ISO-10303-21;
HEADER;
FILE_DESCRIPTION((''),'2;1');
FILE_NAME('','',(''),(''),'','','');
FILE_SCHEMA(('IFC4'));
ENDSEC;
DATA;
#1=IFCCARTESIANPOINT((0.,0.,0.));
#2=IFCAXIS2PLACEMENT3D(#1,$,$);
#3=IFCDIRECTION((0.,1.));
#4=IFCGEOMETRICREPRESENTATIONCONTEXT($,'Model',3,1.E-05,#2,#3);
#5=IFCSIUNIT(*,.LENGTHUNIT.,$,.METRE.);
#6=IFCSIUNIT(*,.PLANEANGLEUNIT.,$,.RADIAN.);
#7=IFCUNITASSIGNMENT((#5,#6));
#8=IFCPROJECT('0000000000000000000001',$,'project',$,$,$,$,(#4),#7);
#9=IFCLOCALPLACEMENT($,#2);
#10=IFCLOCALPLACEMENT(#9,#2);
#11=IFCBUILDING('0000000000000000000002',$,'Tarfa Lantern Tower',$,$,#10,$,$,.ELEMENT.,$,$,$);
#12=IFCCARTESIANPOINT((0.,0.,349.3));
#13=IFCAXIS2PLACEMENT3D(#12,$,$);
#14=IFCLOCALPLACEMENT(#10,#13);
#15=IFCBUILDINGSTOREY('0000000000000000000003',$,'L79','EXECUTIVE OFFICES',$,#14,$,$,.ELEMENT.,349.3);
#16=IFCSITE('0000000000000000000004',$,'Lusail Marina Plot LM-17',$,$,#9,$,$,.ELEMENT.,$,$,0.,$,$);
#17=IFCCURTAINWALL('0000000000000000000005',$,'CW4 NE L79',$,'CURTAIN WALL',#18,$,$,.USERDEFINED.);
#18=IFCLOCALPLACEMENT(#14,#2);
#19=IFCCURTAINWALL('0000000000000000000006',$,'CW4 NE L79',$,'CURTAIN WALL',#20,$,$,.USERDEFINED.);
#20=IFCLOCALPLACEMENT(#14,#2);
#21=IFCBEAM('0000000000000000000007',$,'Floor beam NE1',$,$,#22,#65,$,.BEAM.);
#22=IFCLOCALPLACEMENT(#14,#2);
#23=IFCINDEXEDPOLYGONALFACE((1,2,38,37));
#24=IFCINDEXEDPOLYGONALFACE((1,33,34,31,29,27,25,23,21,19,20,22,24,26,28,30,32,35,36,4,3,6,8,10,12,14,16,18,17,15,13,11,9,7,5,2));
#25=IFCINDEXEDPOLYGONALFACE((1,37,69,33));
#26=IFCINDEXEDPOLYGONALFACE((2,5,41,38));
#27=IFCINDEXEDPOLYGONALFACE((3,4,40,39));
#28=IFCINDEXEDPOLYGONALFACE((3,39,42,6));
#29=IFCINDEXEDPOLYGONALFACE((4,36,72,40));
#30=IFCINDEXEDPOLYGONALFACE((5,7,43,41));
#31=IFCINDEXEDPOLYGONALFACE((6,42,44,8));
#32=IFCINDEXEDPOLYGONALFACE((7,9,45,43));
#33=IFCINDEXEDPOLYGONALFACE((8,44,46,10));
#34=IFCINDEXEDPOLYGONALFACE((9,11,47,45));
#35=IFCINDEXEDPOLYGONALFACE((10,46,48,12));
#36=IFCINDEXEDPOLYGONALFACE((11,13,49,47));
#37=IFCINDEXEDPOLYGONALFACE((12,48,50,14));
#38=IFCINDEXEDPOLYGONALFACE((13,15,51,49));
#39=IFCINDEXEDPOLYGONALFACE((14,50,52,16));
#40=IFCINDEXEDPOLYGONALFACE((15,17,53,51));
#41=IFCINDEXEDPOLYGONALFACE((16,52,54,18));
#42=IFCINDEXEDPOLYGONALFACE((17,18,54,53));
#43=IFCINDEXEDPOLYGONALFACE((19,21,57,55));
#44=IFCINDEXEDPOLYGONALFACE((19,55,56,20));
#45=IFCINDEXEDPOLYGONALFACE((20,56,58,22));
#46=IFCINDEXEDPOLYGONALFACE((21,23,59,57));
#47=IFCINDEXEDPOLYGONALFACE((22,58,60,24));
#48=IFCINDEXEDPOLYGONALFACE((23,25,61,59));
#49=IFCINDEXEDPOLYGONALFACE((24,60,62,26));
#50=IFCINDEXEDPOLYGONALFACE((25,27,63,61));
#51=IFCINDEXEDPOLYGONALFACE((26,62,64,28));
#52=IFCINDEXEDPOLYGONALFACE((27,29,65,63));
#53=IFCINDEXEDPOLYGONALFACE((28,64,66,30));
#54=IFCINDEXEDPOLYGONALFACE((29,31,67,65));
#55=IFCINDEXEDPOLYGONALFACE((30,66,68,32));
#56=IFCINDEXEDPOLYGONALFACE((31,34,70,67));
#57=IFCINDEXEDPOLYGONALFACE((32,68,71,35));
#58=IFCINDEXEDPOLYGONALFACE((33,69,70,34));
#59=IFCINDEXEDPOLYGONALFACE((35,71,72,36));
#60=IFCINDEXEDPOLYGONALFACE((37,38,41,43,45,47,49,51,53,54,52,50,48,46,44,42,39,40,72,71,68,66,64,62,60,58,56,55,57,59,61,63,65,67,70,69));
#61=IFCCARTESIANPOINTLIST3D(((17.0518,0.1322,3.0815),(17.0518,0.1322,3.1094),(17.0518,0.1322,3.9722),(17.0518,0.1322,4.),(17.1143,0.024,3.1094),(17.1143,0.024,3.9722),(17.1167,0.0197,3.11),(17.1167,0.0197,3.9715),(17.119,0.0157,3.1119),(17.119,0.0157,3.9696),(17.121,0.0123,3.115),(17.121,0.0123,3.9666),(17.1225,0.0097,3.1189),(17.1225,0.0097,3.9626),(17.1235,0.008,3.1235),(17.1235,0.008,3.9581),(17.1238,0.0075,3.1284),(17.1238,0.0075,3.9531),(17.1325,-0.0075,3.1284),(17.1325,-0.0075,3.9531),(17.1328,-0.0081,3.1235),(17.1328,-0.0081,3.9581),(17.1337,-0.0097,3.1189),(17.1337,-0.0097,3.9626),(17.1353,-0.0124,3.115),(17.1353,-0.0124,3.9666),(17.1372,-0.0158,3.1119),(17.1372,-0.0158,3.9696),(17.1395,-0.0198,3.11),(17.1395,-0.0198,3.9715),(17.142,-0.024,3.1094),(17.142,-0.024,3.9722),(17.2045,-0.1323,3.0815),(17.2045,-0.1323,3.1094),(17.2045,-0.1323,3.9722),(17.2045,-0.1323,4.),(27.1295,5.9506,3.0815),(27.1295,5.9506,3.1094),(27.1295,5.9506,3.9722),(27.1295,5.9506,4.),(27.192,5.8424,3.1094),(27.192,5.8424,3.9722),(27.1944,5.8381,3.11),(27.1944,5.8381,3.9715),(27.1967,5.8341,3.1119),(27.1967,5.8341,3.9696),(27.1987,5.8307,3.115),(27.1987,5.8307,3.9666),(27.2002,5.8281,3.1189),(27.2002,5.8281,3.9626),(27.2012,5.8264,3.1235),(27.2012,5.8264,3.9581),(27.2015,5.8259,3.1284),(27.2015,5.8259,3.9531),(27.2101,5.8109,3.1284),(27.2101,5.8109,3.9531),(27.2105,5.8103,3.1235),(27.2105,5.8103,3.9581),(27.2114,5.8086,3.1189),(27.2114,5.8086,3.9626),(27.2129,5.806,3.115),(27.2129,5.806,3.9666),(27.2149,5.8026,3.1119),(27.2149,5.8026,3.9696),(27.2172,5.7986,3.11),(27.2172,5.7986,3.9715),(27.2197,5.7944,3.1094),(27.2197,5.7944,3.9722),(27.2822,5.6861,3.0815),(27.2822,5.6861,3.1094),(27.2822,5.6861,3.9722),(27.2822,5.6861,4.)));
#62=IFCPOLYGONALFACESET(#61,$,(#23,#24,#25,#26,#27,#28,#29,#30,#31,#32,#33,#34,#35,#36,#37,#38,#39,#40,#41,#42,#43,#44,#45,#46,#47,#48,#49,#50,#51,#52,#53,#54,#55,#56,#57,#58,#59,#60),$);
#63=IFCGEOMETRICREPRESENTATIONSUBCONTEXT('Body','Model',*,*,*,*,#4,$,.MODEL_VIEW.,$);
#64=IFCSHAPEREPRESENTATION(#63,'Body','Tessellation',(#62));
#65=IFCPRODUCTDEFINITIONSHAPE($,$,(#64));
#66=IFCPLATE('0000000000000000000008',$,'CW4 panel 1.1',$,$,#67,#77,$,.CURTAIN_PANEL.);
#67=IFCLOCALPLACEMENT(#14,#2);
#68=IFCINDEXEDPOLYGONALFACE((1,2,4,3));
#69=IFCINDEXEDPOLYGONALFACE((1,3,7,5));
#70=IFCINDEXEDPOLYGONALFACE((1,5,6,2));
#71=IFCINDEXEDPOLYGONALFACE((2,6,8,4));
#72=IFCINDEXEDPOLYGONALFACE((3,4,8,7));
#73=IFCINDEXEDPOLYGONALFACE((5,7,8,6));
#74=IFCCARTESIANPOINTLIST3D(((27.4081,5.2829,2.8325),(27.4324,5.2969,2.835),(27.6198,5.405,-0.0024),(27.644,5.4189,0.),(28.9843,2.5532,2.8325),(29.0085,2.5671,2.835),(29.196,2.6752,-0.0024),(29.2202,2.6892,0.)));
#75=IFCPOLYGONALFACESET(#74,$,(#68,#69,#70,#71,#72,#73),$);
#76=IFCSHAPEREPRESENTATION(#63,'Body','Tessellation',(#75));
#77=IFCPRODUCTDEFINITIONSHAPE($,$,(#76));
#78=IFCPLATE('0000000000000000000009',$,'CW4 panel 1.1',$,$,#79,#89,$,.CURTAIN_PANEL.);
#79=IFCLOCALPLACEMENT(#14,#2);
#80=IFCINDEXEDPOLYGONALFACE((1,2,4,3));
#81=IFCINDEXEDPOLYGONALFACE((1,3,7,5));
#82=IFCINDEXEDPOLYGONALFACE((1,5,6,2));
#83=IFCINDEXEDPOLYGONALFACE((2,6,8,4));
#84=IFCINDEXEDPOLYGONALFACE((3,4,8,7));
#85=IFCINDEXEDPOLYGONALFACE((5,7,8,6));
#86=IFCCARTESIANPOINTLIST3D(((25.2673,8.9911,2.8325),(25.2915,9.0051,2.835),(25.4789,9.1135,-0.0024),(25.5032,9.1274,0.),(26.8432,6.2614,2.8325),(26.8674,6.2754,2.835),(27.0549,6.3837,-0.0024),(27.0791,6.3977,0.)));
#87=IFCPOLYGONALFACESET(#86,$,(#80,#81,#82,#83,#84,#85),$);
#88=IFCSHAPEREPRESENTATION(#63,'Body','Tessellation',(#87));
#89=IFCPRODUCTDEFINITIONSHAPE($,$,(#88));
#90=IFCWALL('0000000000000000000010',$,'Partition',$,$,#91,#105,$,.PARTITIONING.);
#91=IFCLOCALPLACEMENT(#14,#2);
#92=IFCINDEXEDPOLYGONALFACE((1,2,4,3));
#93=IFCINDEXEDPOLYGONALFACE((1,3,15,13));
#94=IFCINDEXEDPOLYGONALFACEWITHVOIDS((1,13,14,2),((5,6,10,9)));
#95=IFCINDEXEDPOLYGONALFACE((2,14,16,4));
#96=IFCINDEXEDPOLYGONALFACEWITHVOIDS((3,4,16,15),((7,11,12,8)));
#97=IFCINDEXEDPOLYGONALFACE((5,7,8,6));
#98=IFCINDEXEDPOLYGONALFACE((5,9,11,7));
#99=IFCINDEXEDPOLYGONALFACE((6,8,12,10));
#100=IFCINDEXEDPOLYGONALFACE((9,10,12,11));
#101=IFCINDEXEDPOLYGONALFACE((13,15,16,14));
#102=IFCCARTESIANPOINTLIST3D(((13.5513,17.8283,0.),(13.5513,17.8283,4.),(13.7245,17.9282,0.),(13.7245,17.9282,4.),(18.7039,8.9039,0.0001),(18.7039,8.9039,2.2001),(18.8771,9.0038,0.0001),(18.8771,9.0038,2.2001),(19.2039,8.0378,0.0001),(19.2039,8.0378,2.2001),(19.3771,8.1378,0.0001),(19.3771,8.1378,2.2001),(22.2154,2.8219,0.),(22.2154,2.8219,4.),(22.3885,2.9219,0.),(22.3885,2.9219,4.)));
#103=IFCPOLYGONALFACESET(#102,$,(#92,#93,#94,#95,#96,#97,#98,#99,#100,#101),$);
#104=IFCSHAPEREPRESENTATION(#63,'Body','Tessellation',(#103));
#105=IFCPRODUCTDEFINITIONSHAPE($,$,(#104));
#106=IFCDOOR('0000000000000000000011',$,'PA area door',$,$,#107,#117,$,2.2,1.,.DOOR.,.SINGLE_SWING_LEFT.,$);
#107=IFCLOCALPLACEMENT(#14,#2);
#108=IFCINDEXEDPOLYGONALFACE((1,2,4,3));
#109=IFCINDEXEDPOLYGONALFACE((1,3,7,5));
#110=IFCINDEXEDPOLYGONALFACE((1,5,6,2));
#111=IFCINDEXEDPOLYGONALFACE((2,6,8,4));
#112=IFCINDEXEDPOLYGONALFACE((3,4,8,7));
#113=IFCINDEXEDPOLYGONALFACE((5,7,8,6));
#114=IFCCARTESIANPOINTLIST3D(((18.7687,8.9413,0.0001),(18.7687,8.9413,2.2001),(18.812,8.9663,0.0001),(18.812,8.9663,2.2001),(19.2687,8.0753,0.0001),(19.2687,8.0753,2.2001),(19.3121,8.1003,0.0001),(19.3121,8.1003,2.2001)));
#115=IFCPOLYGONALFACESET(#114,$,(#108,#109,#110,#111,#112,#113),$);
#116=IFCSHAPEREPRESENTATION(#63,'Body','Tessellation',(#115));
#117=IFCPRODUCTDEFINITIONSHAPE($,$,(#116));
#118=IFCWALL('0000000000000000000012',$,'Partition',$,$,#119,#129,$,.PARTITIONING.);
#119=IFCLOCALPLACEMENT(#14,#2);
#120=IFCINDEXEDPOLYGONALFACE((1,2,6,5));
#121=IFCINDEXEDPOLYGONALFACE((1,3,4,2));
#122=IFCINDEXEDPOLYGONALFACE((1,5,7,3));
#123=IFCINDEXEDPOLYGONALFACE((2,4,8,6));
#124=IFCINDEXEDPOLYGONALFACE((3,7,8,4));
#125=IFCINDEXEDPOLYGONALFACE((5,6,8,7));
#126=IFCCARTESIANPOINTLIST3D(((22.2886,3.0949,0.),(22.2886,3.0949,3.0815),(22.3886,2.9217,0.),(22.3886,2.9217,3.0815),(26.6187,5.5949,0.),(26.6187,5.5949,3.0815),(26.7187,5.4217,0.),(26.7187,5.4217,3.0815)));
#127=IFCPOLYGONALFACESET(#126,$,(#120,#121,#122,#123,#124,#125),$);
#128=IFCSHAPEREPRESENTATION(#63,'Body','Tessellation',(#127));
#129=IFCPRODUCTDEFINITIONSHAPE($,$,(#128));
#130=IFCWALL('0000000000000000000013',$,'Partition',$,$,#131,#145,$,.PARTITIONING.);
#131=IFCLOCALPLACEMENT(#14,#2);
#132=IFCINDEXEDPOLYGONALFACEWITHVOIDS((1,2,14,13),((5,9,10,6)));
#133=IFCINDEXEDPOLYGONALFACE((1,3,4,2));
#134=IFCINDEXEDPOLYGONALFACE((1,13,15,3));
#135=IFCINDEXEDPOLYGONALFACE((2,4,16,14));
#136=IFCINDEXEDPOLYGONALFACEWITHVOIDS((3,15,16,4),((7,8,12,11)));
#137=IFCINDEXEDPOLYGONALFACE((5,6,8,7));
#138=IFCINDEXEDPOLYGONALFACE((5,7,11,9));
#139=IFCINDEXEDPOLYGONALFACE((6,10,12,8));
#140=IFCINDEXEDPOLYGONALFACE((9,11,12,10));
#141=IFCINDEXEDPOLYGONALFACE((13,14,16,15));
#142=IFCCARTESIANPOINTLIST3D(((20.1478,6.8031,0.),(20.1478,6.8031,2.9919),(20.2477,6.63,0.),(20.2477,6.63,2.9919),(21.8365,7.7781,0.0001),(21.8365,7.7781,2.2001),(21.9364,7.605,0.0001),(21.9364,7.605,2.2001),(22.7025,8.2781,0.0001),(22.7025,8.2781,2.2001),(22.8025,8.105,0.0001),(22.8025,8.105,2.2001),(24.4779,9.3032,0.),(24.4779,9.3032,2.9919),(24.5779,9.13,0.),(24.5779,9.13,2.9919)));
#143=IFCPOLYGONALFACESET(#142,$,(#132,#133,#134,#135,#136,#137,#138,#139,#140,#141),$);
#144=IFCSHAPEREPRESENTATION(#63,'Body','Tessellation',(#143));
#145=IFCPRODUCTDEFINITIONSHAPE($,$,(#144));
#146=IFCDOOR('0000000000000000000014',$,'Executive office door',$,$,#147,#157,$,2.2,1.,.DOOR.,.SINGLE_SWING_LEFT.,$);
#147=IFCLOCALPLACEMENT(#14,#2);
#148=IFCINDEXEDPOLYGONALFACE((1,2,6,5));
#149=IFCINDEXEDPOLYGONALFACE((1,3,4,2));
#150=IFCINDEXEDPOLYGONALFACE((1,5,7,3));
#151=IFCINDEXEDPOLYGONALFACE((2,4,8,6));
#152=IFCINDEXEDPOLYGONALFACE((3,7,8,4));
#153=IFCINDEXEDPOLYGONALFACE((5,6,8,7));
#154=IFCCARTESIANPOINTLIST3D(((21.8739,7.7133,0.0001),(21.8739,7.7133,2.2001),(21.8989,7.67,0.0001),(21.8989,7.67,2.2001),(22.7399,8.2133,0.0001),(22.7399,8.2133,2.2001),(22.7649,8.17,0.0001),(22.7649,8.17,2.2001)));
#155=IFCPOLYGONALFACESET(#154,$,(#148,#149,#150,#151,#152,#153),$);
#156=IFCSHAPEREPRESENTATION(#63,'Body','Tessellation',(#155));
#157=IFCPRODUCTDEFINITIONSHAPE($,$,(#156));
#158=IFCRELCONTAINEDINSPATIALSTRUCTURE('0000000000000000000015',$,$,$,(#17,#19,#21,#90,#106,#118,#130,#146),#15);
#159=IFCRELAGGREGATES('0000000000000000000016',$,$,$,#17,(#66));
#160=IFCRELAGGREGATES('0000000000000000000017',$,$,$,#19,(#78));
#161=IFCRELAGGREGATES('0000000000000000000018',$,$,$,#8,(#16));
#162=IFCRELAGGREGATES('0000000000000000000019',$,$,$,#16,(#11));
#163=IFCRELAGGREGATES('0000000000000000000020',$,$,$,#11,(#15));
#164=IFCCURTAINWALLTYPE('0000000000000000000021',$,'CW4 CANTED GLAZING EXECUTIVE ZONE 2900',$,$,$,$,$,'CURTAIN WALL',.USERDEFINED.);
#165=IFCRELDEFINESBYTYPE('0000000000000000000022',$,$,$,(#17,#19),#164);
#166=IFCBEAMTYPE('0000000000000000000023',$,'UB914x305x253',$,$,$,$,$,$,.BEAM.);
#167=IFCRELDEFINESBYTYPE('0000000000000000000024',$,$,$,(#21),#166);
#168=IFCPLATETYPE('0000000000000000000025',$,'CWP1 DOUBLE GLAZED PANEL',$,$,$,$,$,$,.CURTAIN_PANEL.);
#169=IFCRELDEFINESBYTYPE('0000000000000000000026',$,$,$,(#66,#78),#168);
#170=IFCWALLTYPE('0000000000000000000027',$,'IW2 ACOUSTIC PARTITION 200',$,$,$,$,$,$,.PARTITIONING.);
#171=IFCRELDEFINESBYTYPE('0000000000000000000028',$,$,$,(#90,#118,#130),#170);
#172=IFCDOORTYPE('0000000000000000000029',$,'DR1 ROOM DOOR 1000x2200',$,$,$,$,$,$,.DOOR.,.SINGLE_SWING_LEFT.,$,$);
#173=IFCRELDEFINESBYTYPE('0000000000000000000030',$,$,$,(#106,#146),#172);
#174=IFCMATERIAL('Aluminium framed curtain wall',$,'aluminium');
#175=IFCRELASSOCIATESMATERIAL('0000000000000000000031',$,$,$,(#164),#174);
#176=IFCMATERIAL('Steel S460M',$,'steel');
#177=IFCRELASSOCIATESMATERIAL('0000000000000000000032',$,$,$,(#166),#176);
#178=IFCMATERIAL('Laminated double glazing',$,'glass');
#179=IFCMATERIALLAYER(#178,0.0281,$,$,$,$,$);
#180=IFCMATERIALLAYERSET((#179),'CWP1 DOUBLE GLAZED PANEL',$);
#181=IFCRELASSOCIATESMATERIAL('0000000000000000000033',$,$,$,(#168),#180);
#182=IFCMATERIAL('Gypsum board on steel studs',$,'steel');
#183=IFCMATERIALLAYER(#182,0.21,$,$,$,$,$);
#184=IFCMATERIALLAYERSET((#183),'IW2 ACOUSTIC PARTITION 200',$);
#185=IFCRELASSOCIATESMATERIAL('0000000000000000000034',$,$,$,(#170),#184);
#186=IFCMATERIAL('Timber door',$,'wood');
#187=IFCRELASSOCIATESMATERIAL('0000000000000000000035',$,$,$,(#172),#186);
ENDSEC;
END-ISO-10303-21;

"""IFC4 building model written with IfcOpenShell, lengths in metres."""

from ifc_helpers import new_model, si_unit, direction, frame, frame_2d, origin, origin_2d, place, context, subcontext, project, spatial, polyline, rectangle, i_section, outline, extrude, material, layer, layer_set, material_profile, profile_set, type_object, element, fill, aggregate, save


model = new_model("IFC4")

# Units and contexts
model_context = context("Model", 3, precision=1e-05, world=origin(), true_north=direction((0.0, 1.0)))
body_context = subcontext(model_context, "Body", "Model", "MODEL_VIEW")
ifc_project = project(units=[si_unit("LENGTHUNIT", "METRE"), si_unit("PLANEANGLEUNIT", "RADIAN")], contexts=[model_context])

# Site, building, storey
site_placement = place(None, origin())
site = spatial("IfcSite", under=ifc_project, at=site_placement, Name="Lusail Marina Plot LM-17", CompositionType="ELEMENT", RefElevation=0.0)
building_placement = place(site_placement, origin())
building = spatial("IfcBuilding", under=site, at=building_placement, Name="Tarfa Lantern Tower", CompositionType="ELEMENT")
storey_placement = place(building_placement, frame((0.0, 0.0, 349.3)))
storey = spatial("IfcBuildingStorey", under=building, at=storey_placement, Name="L79", Description="EXECUTIVE OFFICES", CompositionType="ELEMENT", Elevation=349.3)

# Curtain walls
ifc_material_1 = material(Name="Aluminium framed curtain wall", Category="aluminium")
curtain_wall_type = type_object("IfcCurtainWallType", Name="CW4 CANTED GLAZING EXECUTIVE ZONE 2900", ElementType="CURTAIN WALL", PredefinedType="USERDEFINED", material=ifc_material_1)
curtain_wall_1_placement = place(storey_placement, origin())
curtain_wall_1 = element("IfcCurtainWall", 1, at=curtain_wall_1_placement, inside=storey, type_object=curtain_wall_type, Name="CW4 NE L79", ObjectType="CURTAIN WALL", PredefinedType="USERDEFINED")
curtain_wall_2_placement = place(storey_placement, origin())
curtain_wall_2 = element("IfcCurtainWall", 2, at=curtain_wall_2_placement, inside=storey, type_object=curtain_wall_type, Name="CW4 NE L79", ObjectType="CURTAIN WALL", PredefinedType="USERDEFINED")

# Beam
ifc_material_2 = material(Name="Steel S460M", Category="steel")
ifc_material_profile_1 = material_profile(ifc_material_2, i_section(OverallWidth=0.3054, OverallDepth=0.9185, WebThickness=0.0173, FlangeThickness=0.0278, FilletRadius=0.019, at=origin_2d()), Name="UB914x305x253")
ifc_profile_set_1 = profile_set([ifc_material_profile_1], Name="Steel S460M")
beam_type_1 = type_object("IfcBeamType", Name="UB914x305x253", PredefinedType="BEAM", material=ifc_profile_set_1)
beam_1_placement = place(storey_placement, frame((27.2058, 5.8184, 3.5408), z_axis=(-0.866024, -0.500002, 0.0), x_axis=(0.500002, -0.866024, 0.0)))
element("IfcBeam", 3, at=beam_1_placement, inside=storey, type_object=beam_type_1, Name="Floor beam NE1", PredefinedType="BEAM", context=body_context, shape_type="SweptSolid", body=[
    extrude(i_section(OverallWidth=0.3054, OverallDepth=0.9185, WebThickness=0.0173, FlangeThickness=0.0278, FilletRadius=0.019, at=origin_2d()), origin(), (0.0, 0.0, 1.0), 11.6367),
])

# Plates
ifc_material_3 = material(Name="Laminated double glazing", Category="glass")
ifc_layer_1 = layer(ifc_material_3, 0.0281)
ifc_layer_set_1 = layer_set([ifc_layer_1], Name="CWP1 DOUBLE GLAZED PANEL")
plate_type = type_object("IfcPlateType", Name="CWP1 DOUBLE GLAZED PANEL", PredefinedType="CURTAIN_PANEL", material=ifc_layer_set_1)
plate_1_placement = place(storey_placement, frame((29.2202, 2.6892, 0.0), z_axis=(0.862805, 0.498191, 0.085872), x_axis=(-0.500038, 0.866004, 0.0)))
plate_1 = element("IfcPlate", 4, at=plate_1_placement, type_object=plate_type, Name="CW4 panel 1.1", PredefinedType="CURTAIN_PANEL", context=body_context, shape_type="SweptSolid", body=[
    extrude(outline(polyline([(0.0, 0.0), (3.1521, 0.0), (3.1522, 2.8455), (0.0001, 2.8455), (0.0, 0.0)])), origin(), (0.0, 0.0, -1.0), 0.0281),
])
aggregate(curtain_wall_1, [plate_1])
plate_2_placement = place(storey_placement, frame((27.0791, 6.3977, 0.0), z_axis=(0.862835, 0.498131, 0.085915), x_axis=(-0.499979, 0.866037, 0.0)))
plate_2 = element("IfcPlate", 5, at=plate_2_placement, type_object=plate_type, Name="CW4 panel 1.1", PredefinedType="CURTAIN_PANEL", context=body_context, shape_type="SweptSolid", body=[
    extrude(outline(polyline([(0.0, 0.0), (3.152, 0.0), (3.1519, 2.8455), (-0.0001, 2.8455), (0.0, 0.0)])), origin(), (0.0, 0.0, -1.0), 0.0281),
])
aggregate(curtain_wall_2, [plate_2])

# Wall, opening, door
ifc_material_4 = material(Name="Gypsum board on steel studs", Category="steel")
ifc_layer_2 = layer(ifc_material_4, 0.21)
ifc_layer_set_2 = layer_set([ifc_layer_2], Name="IW2 ACOUSTIC PARTITION 200")
wall_type = type_object("IfcWallType", Name="IW2 ACOUSTIC PARTITION 200", PredefinedType="PARTITIONING", material=ifc_layer_set_2)
wall_1_placement = place(storey_placement, frame((22.302, 2.8718, 0.0), z_axis=(0.0, 0.0, 1.0), x_axis=(-0.500006, 0.866022, 0.0)))
wall_1 = element("IfcWall", 6, at=wall_1_placement, inside=storey, type_object=wall_type, Name="Partition", PredefinedType="PARTITIONING", context=body_context, shape_type="SweptSolid", body=[
    extrude(rectangle(XDim=17.3279, YDim=0.2, at=frame_2d((8.6641, 0.0))), origin(), (0.0, 0.0, 1.0), 4.0),
])
opening_1_placement = place(wall_1_placement, frame((6.0229, 0.0, 0.0)))
opening_1 = element("IfcOpeningElement", 7, at=opening_1_placement, cuts=wall_1, PredefinedType="OPENING", context=body_context, shape_type="SweptSolid", body=[
    extrude(rectangle(XDim=1.0, YDim=2.2, at=frame_2d((0.5, 1.1001))), frame((0.0, 0.1099, 0.0), z_axis=(0.0, -1.0, 0.0), x_axis=(1.0, 0.0, 0.0)), (0.0, 0.0, 1.0), 0.22),
])
ifc_material_5 = material(Name="Timber door", Category="wood")
door_type = type_object("IfcDoorType", Name="DR1 ROOM DOOR 1000x2200", OperationType="SINGLE_SWING_LEFT", PredefinedType="DOOR", material=ifc_material_5)
door_1_placement = place(opening_1_placement, frame((1.0, 0.0, 0.0), z_axis=(0.0, 0.0, 1.0), x_axis=(-1.0, 0.0, 0.0)))
door_1 = element("IfcDoor", 8, at=door_1_placement, inside=storey, type_object=door_type, Name="PA area door", OperationType="SINGLE_SWING_LEFT", OverallHeight=2.2, OverallWidth=1.0, PredefinedType="DOOR", context=body_context, shape_type="SweptSolid", body=[
    extrude(rectangle(XDim=1.0, YDim=2.2, at=frame_2d((0.5, 1.1001))), frame((0.0, 0.0249, 0.0), z_axis=(0.0, -1.0, 0.0), x_axis=(1.0, 0.0, 0.0)), (0.0, 0.0, 1.0), 0.05),
])
fill(opening_1, door_1)

# Wall
wall_2_placement = place(storey_placement, frame((22.3386, 3.0083, 0.0), z_axis=(0.0, 0.0, 1.0), x_axis=(0.866023, 0.500004, 0.0)))
element("IfcWall", 9, at=wall_2_placement, inside=storey, type_object=wall_type, Name="Partition", PredefinedType="PARTITIONING", context=body_context, shape_type="SweptSolid", body=[
    extrude(rectangle(XDim=5.0, YDim=0.2, at=frame_2d((2.5, 0.0))), origin(), (0.0, 0.0, 1.0), 3.0815),
])

# Wall, opening, door
wall_3_placement = place(storey_placement, frame((20.1978, 6.7166, 0.0), z_axis=(0.0, 0.0, 1.0), x_axis=(0.866023, 0.500004, 0.0)))
wall_3 = element("IfcWall", 10, at=wall_3_placement, inside=storey, type_object=wall_type, Name="Partition", PredefinedType="PARTITIONING", context=body_context, shape_type="SweptSolid", body=[
    extrude(rectangle(XDim=5.0, YDim=0.2, at=frame_2d((2.5, 0.0))), origin(), (0.0, 0.0, 1.0), 2.9919),
])
opening_2_placement = place(wall_3_placement, frame((1.95, 0.0, 0.0)))
opening_2 = element("IfcOpeningElement", 11, at=opening_2_placement, cuts=wall_3, PredefinedType="OPENING", context=body_context, shape_type="SweptSolid", body=[
    extrude(rectangle(XDim=1.0, YDim=2.2, at=frame_2d((0.5, 1.1001))), frame((0.0, 0.1099, 0.0), z_axis=(0.0, -1.0, 0.0), x_axis=(1.0, 0.0, 0.0)), (0.0, 0.0, 1.0), 0.22),
])
door_2_placement = place(opening_2_placement, frame((1.0, 0.0, 0.0), z_axis=(0.0, 0.0, 1.0), x_axis=(-1.0, 0.0, 0.0)))
door_2 = element("IfcDoor", 12, at=door_2_placement, inside=storey, type_object=door_type, Name="Executive office door", OperationType="SINGLE_SWING_LEFT", OverallHeight=2.2, OverallWidth=1.0, PredefinedType="DOOR", context=body_context, shape_type="SweptSolid", body=[
    extrude(rectangle(XDim=1.0, YDim=2.2, at=frame_2d((0.5, 1.1001))), frame((0.0, 0.0249, 0.0), z_axis=(0.0, -1.0, 0.0), x_axis=(1.0, 0.0, 0.0)), (0.0, 0.0, 1.0), 0.05),
])
fill(opening_2, door_2)

save(model, "model.ifc")
